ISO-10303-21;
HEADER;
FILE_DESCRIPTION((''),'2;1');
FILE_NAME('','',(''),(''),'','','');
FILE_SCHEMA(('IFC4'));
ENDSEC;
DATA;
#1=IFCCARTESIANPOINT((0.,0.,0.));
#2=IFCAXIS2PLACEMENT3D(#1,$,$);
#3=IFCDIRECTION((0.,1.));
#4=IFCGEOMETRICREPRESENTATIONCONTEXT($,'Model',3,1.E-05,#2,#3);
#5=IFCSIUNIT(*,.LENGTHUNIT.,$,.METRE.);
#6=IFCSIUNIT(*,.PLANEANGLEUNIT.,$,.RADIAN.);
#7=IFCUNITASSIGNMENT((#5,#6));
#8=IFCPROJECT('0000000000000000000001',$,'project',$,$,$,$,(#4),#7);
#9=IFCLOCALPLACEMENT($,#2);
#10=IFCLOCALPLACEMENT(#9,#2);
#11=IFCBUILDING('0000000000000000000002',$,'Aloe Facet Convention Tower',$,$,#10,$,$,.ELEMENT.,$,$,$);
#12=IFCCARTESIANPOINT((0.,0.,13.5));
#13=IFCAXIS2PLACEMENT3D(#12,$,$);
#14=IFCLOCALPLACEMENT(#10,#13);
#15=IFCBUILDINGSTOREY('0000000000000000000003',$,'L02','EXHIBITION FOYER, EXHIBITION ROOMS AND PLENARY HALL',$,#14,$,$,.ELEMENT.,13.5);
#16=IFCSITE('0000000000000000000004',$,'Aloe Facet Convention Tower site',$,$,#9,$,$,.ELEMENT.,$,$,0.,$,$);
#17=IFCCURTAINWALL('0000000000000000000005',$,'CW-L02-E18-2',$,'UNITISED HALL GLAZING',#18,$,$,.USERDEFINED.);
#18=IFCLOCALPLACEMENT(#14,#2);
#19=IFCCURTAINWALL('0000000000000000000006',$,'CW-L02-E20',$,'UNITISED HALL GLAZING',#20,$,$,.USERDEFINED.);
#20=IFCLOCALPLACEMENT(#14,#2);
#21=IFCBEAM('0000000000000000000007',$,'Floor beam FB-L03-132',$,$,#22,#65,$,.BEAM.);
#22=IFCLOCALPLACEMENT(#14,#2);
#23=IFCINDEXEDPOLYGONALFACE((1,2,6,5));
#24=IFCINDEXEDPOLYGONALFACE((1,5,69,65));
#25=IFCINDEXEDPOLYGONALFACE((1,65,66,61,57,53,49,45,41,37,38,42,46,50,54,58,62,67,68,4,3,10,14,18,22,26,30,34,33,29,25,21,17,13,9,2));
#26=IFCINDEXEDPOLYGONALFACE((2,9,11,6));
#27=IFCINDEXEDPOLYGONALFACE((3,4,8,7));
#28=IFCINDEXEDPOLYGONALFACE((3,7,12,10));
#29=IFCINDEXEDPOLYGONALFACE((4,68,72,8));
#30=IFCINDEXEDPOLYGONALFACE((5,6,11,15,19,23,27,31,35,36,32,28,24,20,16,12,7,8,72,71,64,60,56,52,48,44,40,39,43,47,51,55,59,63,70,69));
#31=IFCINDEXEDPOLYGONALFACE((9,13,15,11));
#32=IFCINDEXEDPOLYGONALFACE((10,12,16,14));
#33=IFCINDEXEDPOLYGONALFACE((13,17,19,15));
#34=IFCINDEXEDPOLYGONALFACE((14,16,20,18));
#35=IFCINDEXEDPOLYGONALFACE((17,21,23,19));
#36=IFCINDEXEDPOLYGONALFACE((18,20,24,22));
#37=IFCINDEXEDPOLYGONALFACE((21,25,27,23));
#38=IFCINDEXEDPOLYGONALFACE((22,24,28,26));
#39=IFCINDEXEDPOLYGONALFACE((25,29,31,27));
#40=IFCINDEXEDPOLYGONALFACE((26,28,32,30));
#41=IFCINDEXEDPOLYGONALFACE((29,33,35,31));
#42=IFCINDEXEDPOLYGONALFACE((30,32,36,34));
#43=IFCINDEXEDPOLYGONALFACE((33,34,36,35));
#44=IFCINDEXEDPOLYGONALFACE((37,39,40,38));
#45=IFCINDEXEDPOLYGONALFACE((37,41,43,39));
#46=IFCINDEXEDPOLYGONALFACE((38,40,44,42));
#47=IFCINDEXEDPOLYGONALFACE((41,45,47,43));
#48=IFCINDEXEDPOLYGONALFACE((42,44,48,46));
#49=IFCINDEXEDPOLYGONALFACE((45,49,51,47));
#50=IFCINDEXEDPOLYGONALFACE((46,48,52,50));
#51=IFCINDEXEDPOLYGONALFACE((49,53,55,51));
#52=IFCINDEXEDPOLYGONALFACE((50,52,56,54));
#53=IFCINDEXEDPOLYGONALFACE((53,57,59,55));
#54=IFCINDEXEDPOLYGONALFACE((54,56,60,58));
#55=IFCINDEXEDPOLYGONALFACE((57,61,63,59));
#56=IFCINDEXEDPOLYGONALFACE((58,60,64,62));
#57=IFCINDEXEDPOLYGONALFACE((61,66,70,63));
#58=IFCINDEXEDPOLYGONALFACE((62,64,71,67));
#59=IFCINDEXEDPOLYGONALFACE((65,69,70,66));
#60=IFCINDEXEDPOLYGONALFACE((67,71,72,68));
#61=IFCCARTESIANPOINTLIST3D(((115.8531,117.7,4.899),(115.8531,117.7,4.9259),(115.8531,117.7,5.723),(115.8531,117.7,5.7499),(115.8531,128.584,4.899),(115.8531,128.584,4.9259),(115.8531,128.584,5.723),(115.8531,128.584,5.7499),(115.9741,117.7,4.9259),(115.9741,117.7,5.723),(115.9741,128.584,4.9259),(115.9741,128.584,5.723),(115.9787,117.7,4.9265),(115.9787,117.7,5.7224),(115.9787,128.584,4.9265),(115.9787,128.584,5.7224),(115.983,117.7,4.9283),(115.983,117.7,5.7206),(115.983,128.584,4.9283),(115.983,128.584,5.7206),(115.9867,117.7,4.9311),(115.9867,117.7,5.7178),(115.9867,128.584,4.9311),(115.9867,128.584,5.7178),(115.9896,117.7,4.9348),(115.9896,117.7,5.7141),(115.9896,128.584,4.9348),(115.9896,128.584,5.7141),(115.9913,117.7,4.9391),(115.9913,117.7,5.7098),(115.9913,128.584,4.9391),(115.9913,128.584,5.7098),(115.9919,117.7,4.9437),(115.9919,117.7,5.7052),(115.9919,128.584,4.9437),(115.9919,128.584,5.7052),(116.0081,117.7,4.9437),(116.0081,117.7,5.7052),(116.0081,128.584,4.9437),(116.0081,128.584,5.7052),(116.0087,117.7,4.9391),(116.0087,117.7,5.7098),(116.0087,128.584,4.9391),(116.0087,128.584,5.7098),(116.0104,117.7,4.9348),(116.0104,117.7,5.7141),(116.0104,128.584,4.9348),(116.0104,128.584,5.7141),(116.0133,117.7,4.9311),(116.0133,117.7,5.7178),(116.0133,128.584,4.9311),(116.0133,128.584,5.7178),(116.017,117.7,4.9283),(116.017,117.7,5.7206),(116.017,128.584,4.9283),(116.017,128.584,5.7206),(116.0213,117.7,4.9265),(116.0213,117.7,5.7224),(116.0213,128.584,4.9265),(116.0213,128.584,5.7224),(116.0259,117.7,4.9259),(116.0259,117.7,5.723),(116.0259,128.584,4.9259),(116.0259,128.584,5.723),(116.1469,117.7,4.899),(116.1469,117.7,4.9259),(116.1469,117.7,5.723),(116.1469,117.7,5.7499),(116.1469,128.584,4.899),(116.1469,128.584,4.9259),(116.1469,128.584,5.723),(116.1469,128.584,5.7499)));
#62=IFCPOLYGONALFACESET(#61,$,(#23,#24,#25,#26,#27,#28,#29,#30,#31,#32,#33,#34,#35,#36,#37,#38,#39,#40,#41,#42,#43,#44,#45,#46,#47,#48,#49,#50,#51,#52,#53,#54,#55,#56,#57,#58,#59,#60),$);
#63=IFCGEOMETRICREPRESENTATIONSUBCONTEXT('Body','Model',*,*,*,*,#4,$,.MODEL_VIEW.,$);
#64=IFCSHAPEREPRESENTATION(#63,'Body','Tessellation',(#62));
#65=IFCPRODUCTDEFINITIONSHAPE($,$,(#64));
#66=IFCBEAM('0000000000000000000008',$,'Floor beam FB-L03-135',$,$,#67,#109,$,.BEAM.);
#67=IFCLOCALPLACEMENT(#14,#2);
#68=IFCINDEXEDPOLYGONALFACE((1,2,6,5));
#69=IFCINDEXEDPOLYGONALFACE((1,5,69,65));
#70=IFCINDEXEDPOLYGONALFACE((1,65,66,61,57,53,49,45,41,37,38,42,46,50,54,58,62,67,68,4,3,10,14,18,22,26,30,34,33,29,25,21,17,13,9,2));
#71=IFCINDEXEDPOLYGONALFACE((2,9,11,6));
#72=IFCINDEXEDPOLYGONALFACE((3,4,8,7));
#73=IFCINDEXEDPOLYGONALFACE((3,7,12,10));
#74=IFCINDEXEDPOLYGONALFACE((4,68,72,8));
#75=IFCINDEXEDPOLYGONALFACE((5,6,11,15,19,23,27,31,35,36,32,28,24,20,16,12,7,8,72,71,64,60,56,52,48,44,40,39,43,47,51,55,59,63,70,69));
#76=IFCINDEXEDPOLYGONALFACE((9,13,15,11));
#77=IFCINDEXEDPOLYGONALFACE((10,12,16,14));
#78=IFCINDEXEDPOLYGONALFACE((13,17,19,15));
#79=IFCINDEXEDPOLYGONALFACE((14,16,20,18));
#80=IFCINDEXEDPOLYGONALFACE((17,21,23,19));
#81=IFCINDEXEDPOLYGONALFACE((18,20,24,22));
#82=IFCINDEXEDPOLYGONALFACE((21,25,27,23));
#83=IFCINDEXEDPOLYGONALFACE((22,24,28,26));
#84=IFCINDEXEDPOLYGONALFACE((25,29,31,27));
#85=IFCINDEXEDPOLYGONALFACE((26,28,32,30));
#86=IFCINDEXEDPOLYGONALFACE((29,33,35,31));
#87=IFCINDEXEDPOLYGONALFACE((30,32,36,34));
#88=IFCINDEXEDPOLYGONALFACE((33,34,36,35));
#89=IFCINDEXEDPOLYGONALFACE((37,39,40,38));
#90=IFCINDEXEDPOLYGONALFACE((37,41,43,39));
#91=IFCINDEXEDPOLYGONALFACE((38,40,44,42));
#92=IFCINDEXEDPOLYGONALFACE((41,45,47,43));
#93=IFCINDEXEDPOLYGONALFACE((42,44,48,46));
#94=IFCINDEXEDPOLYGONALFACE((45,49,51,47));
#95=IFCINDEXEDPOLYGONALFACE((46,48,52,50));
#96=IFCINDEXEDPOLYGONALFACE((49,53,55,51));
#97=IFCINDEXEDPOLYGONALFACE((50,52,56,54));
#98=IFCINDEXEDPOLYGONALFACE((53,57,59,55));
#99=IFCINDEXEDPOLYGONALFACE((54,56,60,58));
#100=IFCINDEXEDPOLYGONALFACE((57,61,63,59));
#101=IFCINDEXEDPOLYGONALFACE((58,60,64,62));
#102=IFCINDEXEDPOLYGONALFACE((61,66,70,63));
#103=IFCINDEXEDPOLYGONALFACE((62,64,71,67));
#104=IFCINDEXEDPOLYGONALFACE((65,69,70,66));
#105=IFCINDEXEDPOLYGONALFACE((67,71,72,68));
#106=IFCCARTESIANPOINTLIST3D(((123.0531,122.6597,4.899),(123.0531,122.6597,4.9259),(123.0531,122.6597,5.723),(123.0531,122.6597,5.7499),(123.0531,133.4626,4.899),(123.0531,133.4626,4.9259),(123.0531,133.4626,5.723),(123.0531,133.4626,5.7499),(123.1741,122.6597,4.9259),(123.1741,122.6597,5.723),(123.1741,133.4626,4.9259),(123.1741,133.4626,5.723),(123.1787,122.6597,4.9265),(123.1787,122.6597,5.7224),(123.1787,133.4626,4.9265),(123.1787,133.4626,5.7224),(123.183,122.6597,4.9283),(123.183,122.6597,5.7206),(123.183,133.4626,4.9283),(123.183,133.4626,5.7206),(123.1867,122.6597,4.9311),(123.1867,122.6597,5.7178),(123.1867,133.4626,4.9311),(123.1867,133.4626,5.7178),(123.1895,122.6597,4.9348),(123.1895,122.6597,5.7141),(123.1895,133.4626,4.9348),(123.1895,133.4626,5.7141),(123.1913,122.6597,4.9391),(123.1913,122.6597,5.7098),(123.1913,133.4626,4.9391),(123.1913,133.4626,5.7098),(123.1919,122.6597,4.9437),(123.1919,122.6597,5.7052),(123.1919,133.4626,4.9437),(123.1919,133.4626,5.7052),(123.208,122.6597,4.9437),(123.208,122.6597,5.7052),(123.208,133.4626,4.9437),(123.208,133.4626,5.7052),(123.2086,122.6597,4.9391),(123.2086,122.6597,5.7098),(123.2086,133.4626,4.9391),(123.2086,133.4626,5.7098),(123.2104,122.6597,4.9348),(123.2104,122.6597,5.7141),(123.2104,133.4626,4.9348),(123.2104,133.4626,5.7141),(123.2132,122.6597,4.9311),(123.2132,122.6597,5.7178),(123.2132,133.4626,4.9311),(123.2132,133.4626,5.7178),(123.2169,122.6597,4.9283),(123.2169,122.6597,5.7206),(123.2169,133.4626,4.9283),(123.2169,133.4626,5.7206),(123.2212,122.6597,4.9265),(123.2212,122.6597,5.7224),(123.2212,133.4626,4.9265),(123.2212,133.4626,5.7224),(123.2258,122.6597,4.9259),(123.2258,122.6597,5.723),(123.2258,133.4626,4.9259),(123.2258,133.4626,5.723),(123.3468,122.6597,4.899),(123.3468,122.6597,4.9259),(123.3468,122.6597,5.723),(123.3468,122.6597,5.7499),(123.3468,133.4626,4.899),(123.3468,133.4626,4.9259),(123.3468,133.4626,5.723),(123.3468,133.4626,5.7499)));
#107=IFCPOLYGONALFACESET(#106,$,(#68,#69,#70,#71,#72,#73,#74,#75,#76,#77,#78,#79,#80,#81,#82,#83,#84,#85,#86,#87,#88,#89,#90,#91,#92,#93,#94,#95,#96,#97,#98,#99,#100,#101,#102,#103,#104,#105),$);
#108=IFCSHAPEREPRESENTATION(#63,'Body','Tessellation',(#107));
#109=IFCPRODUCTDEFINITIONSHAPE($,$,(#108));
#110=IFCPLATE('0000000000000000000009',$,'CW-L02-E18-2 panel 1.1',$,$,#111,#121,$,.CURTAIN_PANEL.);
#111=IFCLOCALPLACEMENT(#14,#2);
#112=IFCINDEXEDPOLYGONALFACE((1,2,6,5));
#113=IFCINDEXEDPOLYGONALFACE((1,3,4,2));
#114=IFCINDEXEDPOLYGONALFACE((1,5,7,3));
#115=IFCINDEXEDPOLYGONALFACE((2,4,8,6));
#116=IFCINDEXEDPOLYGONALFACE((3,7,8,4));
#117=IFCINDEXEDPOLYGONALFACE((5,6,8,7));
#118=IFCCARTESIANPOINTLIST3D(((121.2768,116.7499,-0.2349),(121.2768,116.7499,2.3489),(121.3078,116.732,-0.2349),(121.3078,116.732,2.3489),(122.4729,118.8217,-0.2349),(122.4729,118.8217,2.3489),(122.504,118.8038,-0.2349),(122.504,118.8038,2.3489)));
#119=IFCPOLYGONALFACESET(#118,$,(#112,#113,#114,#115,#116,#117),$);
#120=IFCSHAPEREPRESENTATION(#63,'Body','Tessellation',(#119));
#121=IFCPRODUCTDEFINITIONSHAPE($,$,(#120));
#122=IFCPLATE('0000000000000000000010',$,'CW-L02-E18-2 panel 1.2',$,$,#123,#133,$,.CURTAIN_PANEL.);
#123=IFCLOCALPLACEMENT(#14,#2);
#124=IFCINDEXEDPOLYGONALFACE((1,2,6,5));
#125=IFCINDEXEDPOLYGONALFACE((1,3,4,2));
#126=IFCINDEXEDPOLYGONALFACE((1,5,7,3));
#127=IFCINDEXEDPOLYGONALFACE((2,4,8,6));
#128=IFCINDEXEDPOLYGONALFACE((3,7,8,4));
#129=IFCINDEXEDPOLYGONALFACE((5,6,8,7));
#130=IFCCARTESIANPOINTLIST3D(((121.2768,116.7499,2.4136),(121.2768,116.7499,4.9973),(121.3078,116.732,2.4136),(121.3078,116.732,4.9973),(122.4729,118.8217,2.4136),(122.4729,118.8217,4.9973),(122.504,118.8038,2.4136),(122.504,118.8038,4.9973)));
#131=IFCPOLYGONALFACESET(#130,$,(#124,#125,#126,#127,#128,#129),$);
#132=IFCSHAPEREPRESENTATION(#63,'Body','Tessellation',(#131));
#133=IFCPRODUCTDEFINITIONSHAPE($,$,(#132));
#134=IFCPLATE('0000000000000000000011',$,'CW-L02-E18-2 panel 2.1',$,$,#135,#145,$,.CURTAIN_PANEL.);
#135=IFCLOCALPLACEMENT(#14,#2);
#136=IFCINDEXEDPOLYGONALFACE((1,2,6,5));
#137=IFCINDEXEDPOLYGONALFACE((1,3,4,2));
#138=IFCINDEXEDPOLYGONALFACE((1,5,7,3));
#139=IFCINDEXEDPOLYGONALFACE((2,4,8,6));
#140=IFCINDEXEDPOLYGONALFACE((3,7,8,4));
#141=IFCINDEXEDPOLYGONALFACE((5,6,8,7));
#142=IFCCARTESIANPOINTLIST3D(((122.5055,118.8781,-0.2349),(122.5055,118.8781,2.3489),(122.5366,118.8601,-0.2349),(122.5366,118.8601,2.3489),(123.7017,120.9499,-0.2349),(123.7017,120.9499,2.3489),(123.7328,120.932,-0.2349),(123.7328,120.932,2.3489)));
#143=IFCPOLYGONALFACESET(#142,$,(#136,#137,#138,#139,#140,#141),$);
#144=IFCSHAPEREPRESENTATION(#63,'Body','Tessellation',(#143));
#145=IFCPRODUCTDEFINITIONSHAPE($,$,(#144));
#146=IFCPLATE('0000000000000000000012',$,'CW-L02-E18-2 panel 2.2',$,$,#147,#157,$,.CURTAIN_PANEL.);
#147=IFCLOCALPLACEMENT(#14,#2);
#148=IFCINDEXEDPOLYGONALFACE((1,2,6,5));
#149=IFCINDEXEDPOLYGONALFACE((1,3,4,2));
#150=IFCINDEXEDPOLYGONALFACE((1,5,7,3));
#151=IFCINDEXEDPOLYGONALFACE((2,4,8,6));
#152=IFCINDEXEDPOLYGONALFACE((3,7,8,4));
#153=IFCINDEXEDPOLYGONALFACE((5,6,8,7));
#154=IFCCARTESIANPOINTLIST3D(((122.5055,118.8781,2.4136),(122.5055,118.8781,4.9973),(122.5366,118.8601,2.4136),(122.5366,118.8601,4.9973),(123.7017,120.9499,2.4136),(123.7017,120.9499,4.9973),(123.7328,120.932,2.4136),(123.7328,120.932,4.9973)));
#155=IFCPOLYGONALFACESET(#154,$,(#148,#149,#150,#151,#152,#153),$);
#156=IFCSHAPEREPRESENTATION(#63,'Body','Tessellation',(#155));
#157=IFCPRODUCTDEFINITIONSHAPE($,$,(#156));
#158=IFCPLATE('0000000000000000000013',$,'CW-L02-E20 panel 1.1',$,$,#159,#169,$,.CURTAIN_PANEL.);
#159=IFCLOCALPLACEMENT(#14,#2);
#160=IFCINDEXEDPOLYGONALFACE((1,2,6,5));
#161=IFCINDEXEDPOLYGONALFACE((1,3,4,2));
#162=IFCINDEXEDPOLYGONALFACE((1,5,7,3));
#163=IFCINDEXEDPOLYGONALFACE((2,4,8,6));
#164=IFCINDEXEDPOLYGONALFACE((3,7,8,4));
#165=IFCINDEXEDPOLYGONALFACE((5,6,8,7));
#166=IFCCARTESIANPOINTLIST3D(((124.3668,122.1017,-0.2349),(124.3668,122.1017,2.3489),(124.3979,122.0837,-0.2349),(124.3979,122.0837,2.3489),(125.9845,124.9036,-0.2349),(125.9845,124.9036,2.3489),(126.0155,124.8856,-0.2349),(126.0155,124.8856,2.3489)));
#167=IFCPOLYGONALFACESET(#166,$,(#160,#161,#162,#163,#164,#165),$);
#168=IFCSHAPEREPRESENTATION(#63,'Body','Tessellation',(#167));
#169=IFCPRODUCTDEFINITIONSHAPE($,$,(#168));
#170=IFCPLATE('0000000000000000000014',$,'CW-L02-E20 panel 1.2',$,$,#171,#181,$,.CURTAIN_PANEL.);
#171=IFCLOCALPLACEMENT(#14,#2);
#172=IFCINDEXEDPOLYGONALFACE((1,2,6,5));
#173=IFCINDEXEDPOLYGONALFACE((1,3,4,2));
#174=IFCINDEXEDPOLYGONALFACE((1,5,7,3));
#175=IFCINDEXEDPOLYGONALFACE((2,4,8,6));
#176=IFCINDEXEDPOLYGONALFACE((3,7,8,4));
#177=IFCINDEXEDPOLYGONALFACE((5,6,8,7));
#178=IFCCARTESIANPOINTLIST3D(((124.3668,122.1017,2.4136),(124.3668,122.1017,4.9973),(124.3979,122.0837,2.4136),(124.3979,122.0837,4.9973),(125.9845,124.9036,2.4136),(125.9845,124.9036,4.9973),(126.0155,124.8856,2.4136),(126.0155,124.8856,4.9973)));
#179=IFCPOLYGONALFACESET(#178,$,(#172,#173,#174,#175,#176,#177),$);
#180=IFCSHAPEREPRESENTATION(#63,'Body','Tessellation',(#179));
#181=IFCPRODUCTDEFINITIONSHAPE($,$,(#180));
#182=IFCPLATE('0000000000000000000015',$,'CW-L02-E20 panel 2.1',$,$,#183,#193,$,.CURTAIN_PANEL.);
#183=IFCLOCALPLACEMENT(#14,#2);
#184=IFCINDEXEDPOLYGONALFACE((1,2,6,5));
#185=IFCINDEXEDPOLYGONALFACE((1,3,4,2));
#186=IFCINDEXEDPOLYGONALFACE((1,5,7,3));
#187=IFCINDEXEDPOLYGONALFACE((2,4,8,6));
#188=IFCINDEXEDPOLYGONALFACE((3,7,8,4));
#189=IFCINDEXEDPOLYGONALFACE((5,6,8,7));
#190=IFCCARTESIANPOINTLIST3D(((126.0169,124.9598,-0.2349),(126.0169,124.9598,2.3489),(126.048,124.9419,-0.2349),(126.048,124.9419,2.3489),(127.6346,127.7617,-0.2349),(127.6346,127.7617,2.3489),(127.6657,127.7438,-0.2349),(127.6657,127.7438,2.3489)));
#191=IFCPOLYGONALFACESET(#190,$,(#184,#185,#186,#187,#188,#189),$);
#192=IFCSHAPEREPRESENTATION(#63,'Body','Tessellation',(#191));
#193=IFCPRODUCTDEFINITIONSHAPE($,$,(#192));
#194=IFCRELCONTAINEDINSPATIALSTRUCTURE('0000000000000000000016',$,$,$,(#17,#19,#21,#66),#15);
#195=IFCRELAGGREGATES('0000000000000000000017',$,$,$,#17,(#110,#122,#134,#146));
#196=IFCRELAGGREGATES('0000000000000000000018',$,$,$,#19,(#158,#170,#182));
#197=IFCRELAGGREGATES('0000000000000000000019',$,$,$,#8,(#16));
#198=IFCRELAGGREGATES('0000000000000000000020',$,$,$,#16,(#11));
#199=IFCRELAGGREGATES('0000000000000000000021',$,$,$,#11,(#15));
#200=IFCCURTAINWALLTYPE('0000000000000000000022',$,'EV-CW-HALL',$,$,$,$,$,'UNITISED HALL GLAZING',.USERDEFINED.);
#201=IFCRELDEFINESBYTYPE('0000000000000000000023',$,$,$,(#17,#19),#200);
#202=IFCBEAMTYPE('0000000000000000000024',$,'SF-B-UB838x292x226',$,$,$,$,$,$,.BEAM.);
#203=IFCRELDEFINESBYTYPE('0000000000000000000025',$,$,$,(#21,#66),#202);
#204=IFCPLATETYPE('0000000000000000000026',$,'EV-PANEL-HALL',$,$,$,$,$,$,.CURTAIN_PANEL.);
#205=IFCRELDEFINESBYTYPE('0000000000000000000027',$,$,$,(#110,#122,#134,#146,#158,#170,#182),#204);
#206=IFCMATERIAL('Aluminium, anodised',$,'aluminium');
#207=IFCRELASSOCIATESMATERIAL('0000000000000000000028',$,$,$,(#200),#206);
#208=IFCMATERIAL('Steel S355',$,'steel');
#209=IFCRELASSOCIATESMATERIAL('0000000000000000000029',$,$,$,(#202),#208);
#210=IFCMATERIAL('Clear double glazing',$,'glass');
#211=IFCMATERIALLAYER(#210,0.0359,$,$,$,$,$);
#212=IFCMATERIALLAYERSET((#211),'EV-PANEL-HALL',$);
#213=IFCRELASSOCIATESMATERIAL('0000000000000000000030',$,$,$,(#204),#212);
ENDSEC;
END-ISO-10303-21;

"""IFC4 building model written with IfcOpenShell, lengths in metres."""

from ifc_helpers import new_model, si_unit, direction, frame, origin, origin_2d, place, context, subcontext, project, spatial, rectangle, i_section, extrude, material, layer, layer_set, material_profile, profile_set, type_object, element, aggregate, save


model = new_model("IFC4")

# Units and contexts
model_context = context("Model", 3, precision=1e-05, world=origin(), true_north=direction((0.0, 1.0)))
body_context = subcontext(model_context, "Body", "Model", "MODEL_VIEW")
ifc_project = project(units=[si_unit("LENGTHUNIT", "METRE"), si_unit("PLANEANGLEUNIT", "RADIAN")], contexts=[model_context])

# Site, building, storey
site_placement = place(None, origin())
site = spatial("IfcSite", under=ifc_project, at=site_placement, Name="Aloe Facet Convention Tower site", CompositionType="ELEMENT", RefElevation=0.0)
building_placement = place(site_placement, origin())
building = spatial("IfcBuilding", under=site, at=building_placement, Name="Aloe Facet Convention Tower", CompositionType="ELEMENT")
storey_placement = place(building_placement, frame((0.0, 0.0, 13.5)))
storey = spatial("IfcBuildingStorey", under=building, at=storey_placement, Name="L02", Description="EXHIBITION FOYER, EXHIBITION ROOMS AND PLENARY HALL", CompositionType="ELEMENT", Elevation=13.5)

# Curtain walls
ifc_material_1 = material(Name="Aluminium, anodised", Category="aluminium")
curtain_wall_type = type_object("IfcCurtainWallType", Name="EV-CW-HALL", ElementType="UNITISED HALL GLAZING", PredefinedType="USERDEFINED", material=ifc_material_1)
curtain_wall_1_placement = place(storey_placement, origin())
curtain_wall_1 = element("IfcCurtainWall", 1, at=curtain_wall_1_placement, inside=storey, type_object=curtain_wall_type, Name="CW-L02-E18-2", ObjectType="UNITISED HALL GLAZING", PredefinedType="USERDEFINED")
curtain_wall_2_placement = place(storey_placement, origin())
curtain_wall_2 = element("IfcCurtainWall", 2, at=curtain_wall_2_placement, inside=storey, type_object=curtain_wall_type, Name="CW-L02-E20", ObjectType="UNITISED HALL GLAZING", PredefinedType="USERDEFINED")

# Beams
ifc_material_2 = material(Name="Steel S355", Category="steel")
ifc_material_profile_1 = material_profile(ifc_material_2, i_section(OverallWidth=0.2937, OverallDepth=0.8508, WebThickness=0.0161, FlangeThickness=0.0269, FilletRadius=0.0178, at=origin_2d()), Name="UB 838x292x226")
ifc_profile_set_1 = profile_set([ifc_material_profile_1], Name="Steel S355")
beam_type_1 = type_object("IfcBeamType", Name="SF-B-UB838x292x226", PredefinedType="BEAM", material=ifc_profile_set_1)
beam_1_placement = place(storey_placement, frame((116.0, 117.7, 5.3245), z_axis=(0.0, 1.0, 0.0), x_axis=(-1.0, 0.0, 0.0)))
element("IfcBeam", 3, at=beam_1_placement, inside=storey, type_object=beam_type_1, Name="Floor beam FB-L03-132", PredefinedType="BEAM", context=body_context, shape_type="SweptSolid", body=[
    extrude(i_section(OverallWidth=0.2937, OverallDepth=0.8508, WebThickness=0.0161, FlangeThickness=0.0269, FilletRadius=0.0178, at=origin_2d()), origin(), (0.0, 0.0, 1.0), 10.884),
])
beam_2_placement = place(storey_placement, frame((123.2, 122.6597, 5.3245), z_axis=(0.0, 1.0, 0.0), x_axis=(-1.0, 0.0, 0.0)))
element("IfcBeam", 4, at=beam_2_placement, inside=storey, type_object=beam_type_1, Name="Floor beam FB-L03-135", PredefinedType="BEAM", context=body_context, shape_type="SweptSolid", body=[
    extrude(i_section(OverallWidth=0.2937, OverallDepth=0.8508, WebThickness=0.0161, FlangeThickness=0.0269, FilletRadius=0.0178, at=origin_2d()), origin(), (0.0, 0.0, 1.0), 10.803),
])

# Plates
ifc_material_3 = material(Name="Clear double glazing", Category="glass")
ifc_layer_1 = layer(ifc_material_3, 0.0359)
ifc_layer_set_1 = layer_set([ifc_layer_1], Name="EV-PANEL-HALL")
plate_type = type_object("IfcPlateType", Name="EV-PANEL-HALL", PredefinedType="CURTAIN_PANEL", material=ifc_layer_set_1)
plate_1_placement = place(storey_placement, frame((121.8904, 117.7769, -0.2349), z_axis=(0.0, 0.0, 1.0), x_axis=(0.5, 0.866025, 0.0)))
plate_1 = element("IfcPlate", 5, at=plate_1_placement, type_object=plate_type, Name="CW-L02-E18-2 panel 1.1", PredefinedType="CURTAIN_PANEL", context=body_context, shape_type="SweptSolid", body=[
    extrude(rectangle(XDim=2.3923, YDim=0.0359, at=origin_2d()), origin(), (0.0, 0.0, 1.0), 2.5837),
])
plate_2_placement = place(storey_placement, frame((121.8904, 117.7769, 2.4136), z_axis=(0.0, 0.0, 1.0), x_axis=(0.5, 0.866025, 0.0)))
plate_2 = element("IfcPlate", 6, at=plate_2_placement, type_object=plate_type, Name="CW-L02-E18-2 panel 1.2", PredefinedType="CURTAIN_PANEL", context=body_context, shape_type="SweptSolid", body=[
    extrude(rectangle(XDim=2.3923, YDim=0.0359, at=origin_2d()), origin(), (0.0, 0.0, 1.0), 2.5837),
])
plate_3_placement = place(storey_placement, frame((123.1191, 119.905, -0.2349), z_axis=(0.0, 0.0, 1.0), x_axis=(0.5, 0.866025, 0.0)))
plate_3 = element("IfcPlate", 7, at=plate_3_placement, type_object=plate_type, Name="CW-L02-E18-2 panel 2.1", PredefinedType="CURTAIN_PANEL", context=body_context, shape_type="SweptSolid", body=[
    extrude(rectangle(XDim=2.3923, YDim=0.0359, at=origin_2d()), origin(), (0.0, 0.0, 1.0), 2.5837),
])
plate_4_placement = place(storey_placement, frame((123.1191, 119.905, 2.4136), z_axis=(0.0, 0.0, 1.0), x_axis=(0.5, 0.866025, 0.0)))
plate_4 = element("IfcPlate", 8, at=plate_4_placement, type_object=plate_type, Name="CW-L02-E18-2 panel 2.2", PredefinedType="CURTAIN_PANEL", context=body_context, shape_type="SweptSolid", body=[
    extrude(rectangle(XDim=2.3923, YDim=0.0359, at=origin_2d()), origin(), (0.0, 0.0, 1.0), 2.5837),
])
aggregate(curtain_wall_1, [plate_1, plate_2, plate_3, plate_4])
plate_5_placement = place(storey_placement, frame((125.1912, 123.4937, -0.2349), z_axis=(0.0, 0.0, 1.0), x_axis=(0.5, 0.866025, 0.0)))
plate_5 = element("IfcPlate", 9, at=plate_5_placement, type_object=plate_type, Name="CW-L02-E20 panel 1.1", PredefinedType="CURTAIN_PANEL", context=body_context, shape_type="SweptSolid", body=[
    extrude(rectangle(XDim=3.2354, YDim=0.0359, at=origin_2d()), origin(), (0.0, 0.0, 1.0), 2.5837),
])
plate_6_placement = place(storey_placement, frame((125.1912, 123.4937, 2.4136), z_axis=(0.0, 0.0, 1.0), x_axis=(0.5, 0.866025, 0.0)))
plate_6 = element("IfcPlate", 10, at=plate_6_placement, type_object=plate_type, Name="CW-L02-E20 panel 1.2", PredefinedType="CURTAIN_PANEL", context=body_context, shape_type="SweptSolid", body=[
    extrude(rectangle(XDim=3.2354, YDim=0.0359, at=origin_2d()), origin(), (0.0, 0.0, 1.0), 2.5837),
])
plate_7_placement = place(storey_placement, frame((126.8413, 126.3518, -0.2349), z_axis=(0.0, 0.0, 1.0), x_axis=(0.5, 0.866025, 0.0)))
plate_7 = element("IfcPlate", 11, at=plate_7_placement, type_object=plate_type, Name="CW-L02-E20 panel 2.1", PredefinedType="CURTAIN_PANEL", context=body_context, shape_type="SweptSolid", body=[
    extrude(rectangle(XDim=3.2354, YDim=0.0359, at=origin_2d()), origin(), (0.0, 0.0, 1.0), 2.5837),
])
aggregate(curtain_wall_2, [plate_5, plate_6, plate_7])

save(model, "model.ifc")
